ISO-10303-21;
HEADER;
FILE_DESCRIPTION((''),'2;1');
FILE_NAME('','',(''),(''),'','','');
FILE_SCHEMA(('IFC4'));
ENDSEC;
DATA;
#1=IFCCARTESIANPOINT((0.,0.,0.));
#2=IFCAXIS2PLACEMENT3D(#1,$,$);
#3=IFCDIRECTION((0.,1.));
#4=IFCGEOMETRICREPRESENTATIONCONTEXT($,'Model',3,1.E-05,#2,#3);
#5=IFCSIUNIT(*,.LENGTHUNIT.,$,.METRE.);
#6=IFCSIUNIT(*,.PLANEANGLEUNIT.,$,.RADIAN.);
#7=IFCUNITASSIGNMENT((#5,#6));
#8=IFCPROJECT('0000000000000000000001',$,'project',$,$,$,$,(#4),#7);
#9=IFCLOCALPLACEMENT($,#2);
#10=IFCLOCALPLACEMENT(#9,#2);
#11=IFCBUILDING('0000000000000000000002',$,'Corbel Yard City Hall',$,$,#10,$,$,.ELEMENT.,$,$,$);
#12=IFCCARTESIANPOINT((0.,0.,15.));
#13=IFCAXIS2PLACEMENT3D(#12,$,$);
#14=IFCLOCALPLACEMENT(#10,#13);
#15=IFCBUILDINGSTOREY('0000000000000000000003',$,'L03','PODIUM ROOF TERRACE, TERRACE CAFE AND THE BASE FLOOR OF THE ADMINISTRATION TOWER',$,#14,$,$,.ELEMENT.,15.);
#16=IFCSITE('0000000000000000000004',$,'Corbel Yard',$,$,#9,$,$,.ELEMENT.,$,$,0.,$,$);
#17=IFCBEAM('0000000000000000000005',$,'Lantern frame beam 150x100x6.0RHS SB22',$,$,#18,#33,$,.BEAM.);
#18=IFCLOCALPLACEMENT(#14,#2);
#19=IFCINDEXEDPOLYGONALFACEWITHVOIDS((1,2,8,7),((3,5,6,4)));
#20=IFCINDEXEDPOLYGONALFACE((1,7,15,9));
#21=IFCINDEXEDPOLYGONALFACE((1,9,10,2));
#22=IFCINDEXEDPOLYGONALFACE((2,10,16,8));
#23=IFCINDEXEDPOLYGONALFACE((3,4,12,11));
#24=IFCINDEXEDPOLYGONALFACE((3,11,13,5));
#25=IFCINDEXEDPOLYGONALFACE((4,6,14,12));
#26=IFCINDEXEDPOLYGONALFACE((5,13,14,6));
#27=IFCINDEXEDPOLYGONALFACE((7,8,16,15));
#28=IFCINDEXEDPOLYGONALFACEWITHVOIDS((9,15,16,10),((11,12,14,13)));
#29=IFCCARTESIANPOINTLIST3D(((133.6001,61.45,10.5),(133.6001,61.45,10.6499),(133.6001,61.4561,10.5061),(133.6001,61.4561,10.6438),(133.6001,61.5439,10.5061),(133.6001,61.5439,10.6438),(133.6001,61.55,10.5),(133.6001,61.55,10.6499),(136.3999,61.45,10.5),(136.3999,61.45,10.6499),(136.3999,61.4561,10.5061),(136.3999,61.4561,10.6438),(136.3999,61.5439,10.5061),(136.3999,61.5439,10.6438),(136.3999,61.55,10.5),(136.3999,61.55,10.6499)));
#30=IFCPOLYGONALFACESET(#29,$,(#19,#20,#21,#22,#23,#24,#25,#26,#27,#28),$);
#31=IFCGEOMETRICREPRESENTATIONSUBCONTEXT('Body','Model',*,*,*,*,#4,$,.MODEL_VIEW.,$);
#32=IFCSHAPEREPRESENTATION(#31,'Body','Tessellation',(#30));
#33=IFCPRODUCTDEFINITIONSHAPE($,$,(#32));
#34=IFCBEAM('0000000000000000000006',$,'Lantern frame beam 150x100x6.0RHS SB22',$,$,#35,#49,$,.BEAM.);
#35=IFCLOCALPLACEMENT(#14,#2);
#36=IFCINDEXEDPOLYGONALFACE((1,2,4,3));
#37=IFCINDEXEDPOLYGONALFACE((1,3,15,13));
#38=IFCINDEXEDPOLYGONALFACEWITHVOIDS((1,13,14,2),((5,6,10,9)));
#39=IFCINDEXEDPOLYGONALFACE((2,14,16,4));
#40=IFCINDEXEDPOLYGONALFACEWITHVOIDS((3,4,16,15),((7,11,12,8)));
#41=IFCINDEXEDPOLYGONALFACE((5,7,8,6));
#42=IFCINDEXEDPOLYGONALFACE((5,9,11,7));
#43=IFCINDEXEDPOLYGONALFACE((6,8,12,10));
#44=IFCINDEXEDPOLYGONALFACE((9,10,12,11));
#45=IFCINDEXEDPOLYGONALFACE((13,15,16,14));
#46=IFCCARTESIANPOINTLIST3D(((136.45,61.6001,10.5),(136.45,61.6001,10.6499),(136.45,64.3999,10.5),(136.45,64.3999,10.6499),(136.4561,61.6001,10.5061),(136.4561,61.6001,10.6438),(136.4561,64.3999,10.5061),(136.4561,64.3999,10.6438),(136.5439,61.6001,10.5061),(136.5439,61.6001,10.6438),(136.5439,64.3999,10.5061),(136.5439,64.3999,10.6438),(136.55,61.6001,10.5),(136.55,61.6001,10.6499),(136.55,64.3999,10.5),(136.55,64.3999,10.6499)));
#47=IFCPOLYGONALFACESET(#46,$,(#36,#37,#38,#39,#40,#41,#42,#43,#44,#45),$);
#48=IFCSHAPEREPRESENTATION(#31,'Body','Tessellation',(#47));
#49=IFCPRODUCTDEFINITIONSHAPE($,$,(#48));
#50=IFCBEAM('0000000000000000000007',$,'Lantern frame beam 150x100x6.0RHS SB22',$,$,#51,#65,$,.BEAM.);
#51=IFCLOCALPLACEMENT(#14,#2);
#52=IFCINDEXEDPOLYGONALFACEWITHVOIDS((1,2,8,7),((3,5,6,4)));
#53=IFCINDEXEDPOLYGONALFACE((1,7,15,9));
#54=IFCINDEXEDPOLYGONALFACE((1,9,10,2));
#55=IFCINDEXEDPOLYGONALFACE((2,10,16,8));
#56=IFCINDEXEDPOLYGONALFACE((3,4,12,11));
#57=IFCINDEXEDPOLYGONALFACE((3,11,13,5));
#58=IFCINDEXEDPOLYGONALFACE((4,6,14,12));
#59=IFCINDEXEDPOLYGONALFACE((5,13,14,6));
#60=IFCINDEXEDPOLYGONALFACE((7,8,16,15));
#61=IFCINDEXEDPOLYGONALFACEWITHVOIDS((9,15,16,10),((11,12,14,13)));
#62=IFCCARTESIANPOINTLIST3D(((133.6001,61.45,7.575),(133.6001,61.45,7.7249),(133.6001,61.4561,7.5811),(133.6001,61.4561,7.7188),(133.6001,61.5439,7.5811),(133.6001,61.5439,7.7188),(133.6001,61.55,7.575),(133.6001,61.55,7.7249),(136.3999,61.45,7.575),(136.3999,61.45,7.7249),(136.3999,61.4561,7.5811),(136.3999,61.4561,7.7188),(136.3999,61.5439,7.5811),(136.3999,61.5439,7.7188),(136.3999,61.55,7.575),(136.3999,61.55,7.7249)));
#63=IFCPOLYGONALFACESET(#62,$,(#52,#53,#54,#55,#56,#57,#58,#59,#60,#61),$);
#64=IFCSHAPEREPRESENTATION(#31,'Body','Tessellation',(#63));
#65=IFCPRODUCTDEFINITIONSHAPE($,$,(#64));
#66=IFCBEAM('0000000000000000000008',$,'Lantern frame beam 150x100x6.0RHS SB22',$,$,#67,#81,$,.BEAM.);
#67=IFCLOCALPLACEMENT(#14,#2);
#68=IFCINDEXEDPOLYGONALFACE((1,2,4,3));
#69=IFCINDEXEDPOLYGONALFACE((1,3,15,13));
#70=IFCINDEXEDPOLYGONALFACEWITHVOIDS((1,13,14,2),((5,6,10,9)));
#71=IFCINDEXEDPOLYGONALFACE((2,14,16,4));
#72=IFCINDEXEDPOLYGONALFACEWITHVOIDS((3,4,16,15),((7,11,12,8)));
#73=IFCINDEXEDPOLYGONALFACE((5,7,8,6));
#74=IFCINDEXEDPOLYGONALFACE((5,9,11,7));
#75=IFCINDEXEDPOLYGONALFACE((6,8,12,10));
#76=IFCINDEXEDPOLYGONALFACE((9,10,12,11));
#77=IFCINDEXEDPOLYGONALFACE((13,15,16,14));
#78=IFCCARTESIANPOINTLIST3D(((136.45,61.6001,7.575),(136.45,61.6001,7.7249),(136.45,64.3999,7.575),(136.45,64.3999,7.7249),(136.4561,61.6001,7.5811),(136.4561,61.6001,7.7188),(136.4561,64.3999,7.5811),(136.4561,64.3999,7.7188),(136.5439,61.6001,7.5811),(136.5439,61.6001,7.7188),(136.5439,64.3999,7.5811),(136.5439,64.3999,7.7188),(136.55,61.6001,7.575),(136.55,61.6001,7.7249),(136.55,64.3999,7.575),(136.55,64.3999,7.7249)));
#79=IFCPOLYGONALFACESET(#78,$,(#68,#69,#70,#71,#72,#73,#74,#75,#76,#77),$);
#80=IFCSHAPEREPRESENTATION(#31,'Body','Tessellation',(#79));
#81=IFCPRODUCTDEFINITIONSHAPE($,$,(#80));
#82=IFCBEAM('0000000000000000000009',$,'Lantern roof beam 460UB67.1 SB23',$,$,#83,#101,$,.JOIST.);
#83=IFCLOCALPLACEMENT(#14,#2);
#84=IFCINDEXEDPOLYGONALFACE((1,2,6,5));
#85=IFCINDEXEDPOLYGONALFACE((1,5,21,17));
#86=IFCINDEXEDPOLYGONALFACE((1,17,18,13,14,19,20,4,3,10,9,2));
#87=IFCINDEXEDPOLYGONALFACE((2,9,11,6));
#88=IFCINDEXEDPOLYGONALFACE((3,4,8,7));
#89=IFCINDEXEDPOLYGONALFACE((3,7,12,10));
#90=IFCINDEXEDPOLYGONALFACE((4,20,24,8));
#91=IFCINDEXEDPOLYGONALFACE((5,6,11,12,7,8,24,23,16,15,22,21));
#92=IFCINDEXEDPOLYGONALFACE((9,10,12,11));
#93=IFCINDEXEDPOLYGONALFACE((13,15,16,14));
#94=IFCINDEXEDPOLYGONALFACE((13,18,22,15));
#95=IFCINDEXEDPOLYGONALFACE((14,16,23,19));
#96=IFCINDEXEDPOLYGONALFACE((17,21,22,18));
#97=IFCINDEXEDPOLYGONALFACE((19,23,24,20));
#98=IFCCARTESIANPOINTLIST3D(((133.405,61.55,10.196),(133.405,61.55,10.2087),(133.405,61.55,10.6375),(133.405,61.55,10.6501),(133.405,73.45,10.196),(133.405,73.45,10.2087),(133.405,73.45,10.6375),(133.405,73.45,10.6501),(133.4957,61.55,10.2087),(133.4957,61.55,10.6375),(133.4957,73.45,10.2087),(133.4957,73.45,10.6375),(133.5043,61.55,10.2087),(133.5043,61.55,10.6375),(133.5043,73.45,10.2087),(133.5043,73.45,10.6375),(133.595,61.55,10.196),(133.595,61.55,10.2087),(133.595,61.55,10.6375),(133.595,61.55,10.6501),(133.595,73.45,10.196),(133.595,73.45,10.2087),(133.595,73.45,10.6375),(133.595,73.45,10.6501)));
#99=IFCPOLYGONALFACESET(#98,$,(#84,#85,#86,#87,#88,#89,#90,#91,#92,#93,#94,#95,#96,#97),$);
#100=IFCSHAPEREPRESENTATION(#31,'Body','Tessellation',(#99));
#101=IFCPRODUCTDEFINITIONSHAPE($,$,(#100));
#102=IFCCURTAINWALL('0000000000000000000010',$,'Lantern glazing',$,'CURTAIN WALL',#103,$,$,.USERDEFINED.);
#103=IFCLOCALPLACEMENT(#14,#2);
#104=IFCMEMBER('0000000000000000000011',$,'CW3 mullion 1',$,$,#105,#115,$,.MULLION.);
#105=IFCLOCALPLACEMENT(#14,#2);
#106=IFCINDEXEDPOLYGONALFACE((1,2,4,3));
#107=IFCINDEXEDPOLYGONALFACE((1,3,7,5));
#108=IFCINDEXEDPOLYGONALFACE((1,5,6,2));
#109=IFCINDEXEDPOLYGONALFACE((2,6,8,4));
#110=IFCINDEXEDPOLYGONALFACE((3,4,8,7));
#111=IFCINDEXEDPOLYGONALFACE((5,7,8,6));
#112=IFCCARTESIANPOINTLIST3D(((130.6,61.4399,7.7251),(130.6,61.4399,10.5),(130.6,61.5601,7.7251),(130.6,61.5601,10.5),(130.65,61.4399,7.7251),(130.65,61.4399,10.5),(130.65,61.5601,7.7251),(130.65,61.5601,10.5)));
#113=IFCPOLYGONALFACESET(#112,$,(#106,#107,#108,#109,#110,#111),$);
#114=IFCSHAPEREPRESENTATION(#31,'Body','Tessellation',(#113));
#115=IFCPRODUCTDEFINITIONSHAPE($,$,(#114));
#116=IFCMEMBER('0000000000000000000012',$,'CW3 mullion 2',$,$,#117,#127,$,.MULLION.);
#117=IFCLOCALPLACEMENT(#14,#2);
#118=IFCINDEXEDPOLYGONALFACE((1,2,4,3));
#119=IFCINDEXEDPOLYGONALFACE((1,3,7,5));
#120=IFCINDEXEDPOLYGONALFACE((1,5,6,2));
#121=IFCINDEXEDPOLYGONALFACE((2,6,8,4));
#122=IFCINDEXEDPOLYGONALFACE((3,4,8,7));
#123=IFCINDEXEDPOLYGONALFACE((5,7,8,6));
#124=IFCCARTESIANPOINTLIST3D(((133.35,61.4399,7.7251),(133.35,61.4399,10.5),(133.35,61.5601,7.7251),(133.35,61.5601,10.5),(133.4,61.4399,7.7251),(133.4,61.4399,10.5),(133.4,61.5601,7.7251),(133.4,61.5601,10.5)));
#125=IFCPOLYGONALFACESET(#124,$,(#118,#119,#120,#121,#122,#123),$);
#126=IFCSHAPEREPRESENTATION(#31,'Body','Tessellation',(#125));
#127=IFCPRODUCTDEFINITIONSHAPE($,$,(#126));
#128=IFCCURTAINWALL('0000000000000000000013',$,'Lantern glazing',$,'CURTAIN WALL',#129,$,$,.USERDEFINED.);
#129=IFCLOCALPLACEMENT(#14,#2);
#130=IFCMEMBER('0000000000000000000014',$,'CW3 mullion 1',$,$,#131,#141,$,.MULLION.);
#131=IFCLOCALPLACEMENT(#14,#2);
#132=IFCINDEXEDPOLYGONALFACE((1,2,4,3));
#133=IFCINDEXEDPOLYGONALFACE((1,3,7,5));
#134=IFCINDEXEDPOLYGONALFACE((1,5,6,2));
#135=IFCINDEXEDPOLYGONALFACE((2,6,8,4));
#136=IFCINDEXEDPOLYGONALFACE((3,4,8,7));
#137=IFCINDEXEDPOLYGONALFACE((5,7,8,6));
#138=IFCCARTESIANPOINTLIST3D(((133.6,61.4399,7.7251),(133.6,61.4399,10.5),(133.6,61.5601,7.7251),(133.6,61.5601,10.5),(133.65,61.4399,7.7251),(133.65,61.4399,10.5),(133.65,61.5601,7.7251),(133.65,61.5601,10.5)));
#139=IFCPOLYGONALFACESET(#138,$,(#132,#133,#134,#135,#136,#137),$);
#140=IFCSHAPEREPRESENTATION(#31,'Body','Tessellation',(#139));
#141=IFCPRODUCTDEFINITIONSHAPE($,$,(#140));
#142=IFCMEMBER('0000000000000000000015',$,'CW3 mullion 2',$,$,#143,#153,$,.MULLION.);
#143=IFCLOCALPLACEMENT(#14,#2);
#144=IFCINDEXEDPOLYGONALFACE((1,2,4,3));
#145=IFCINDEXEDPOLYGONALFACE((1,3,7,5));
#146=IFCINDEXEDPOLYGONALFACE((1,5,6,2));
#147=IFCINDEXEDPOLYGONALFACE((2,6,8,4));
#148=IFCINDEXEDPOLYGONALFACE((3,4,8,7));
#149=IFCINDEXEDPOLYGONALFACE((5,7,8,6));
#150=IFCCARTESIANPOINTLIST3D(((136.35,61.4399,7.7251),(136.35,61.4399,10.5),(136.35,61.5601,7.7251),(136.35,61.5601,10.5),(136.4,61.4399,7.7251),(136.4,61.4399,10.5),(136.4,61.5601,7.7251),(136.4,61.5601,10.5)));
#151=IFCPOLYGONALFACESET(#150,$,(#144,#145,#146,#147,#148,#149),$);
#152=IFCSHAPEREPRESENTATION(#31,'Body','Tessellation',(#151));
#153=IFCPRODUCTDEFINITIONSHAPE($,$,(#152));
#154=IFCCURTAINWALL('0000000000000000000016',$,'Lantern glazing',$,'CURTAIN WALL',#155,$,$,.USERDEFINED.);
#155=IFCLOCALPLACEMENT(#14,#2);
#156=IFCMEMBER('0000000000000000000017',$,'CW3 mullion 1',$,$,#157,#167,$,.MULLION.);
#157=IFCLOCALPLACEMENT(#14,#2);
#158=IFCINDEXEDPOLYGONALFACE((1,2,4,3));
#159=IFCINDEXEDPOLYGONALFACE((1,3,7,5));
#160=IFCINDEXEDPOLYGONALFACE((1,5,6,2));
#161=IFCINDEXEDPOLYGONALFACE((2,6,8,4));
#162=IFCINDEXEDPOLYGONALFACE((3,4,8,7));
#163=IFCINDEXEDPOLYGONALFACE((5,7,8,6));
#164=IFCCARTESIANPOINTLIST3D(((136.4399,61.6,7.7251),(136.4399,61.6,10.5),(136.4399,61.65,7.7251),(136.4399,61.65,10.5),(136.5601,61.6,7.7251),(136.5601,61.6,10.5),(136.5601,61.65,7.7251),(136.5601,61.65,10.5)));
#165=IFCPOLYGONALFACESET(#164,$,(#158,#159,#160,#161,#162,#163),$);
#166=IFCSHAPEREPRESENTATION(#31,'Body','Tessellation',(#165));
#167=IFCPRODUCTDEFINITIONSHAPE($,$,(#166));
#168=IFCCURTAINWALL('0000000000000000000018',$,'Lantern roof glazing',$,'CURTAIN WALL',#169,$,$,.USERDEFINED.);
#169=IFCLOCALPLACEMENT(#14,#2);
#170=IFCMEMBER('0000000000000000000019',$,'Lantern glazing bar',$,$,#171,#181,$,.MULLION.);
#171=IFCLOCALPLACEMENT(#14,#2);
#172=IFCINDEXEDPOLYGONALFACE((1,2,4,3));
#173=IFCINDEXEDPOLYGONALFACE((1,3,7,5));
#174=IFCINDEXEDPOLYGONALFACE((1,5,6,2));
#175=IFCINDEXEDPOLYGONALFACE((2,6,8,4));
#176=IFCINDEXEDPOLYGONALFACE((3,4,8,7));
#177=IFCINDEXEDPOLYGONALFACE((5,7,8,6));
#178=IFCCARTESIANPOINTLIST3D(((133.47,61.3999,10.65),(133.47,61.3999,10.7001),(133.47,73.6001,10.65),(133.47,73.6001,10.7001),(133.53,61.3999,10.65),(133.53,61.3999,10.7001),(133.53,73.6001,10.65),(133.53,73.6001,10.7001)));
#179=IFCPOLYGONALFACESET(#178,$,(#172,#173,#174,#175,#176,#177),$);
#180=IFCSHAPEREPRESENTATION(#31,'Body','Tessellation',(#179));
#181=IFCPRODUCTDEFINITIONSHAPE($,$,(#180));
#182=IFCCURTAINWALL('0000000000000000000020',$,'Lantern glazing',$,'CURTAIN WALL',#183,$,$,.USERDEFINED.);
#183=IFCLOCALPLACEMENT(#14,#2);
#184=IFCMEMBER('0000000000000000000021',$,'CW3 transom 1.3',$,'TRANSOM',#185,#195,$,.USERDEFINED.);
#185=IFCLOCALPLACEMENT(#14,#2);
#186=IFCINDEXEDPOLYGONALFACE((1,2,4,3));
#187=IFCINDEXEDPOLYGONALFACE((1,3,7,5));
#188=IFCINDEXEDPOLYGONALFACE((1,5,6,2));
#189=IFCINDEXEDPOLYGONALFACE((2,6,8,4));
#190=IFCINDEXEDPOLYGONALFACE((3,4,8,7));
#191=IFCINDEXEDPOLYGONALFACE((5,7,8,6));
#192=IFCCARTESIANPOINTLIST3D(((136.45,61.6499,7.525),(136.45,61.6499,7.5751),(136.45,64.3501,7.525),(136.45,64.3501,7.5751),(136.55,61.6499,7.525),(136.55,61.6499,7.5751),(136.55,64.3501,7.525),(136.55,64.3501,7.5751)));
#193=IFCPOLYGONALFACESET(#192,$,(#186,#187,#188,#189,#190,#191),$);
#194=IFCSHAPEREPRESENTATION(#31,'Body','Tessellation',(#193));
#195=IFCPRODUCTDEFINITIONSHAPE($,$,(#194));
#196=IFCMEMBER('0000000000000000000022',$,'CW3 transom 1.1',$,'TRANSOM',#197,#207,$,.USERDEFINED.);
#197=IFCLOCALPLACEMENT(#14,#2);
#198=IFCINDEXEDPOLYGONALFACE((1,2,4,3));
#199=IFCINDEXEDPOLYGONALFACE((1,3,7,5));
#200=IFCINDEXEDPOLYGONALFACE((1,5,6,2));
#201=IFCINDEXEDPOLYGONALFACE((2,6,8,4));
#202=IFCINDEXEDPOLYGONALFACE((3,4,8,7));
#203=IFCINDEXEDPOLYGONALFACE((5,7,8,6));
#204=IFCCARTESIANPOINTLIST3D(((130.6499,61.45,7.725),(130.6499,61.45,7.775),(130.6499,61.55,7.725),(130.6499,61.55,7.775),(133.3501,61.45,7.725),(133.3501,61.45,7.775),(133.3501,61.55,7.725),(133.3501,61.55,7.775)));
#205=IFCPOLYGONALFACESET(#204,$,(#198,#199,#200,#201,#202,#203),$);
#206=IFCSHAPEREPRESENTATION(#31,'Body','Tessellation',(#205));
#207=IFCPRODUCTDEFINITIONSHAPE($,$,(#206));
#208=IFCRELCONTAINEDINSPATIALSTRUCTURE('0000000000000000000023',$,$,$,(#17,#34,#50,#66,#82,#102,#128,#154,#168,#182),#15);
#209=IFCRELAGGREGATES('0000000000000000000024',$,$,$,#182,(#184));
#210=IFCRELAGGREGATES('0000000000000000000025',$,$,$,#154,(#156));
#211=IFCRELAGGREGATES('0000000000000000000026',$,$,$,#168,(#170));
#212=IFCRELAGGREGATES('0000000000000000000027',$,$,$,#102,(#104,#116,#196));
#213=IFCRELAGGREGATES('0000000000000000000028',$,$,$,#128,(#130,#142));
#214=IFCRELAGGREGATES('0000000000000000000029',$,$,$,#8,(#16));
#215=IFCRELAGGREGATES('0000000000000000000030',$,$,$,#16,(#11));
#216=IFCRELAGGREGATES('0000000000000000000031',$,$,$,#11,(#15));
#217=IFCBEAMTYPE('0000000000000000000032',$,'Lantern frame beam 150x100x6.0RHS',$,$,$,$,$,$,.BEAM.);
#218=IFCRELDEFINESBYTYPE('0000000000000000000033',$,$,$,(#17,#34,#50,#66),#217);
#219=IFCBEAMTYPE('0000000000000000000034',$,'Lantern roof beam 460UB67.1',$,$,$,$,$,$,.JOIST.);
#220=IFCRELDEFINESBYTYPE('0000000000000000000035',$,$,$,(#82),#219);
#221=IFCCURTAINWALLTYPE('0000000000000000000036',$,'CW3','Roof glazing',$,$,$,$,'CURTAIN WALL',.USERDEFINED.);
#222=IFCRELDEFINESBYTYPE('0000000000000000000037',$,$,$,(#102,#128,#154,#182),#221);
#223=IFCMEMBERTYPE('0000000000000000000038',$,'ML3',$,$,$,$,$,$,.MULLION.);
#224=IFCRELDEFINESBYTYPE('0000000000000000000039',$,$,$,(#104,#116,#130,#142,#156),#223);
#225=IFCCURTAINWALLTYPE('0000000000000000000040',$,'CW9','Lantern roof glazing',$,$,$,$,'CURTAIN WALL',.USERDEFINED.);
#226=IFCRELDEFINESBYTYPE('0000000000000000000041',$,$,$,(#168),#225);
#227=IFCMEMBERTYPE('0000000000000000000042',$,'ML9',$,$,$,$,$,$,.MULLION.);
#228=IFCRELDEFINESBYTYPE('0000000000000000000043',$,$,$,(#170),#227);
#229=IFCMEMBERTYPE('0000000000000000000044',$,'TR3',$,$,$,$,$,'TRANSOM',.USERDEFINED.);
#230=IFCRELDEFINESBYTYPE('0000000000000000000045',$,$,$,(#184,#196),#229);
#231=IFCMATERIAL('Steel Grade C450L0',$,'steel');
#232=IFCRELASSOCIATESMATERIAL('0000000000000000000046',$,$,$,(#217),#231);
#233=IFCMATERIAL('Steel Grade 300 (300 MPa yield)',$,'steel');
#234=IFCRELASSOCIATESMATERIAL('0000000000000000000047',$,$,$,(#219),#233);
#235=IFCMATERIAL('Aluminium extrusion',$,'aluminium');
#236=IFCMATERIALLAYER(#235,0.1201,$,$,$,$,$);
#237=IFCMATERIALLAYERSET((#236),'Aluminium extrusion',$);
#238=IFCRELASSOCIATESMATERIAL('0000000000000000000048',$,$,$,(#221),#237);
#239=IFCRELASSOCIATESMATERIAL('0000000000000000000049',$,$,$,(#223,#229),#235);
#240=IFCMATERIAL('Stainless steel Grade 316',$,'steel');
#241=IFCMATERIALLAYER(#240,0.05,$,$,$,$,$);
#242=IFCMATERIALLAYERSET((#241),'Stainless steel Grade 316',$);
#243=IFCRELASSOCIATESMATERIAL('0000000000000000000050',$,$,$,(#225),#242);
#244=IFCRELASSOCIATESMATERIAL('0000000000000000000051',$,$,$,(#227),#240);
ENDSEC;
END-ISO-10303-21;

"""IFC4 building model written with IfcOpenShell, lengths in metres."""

from ifc_helpers import new_model, si_unit, direction, frame, origin, origin_2d, place, context, subcontext, project, spatial, rectangle, hollow_rectangle, i_section, extrude, material, layer, layer_set, material_profile, profile_set, type_object, element, aggregate, save


model = new_model("IFC4")

# Units and contexts
model_context = context("Model", 3, precision=1e-05, world=origin(), true_north=direction((0.0, 1.0)))
body_context = subcontext(model_context, "Body", "Model", "MODEL_VIEW")
ifc_project = project(units=[si_unit("LENGTHUNIT", "METRE"), si_unit("PLANEANGLEUNIT", "RADIAN")], contexts=[model_context])

# Site, building, storey
site_placement = place(None, origin())
site = spatial("IfcSite", under=ifc_project, at=site_placement, Name="Corbel Yard", CompositionType="ELEMENT", RefElevation=0.0)
building_placement = place(site_placement, origin())
building = spatial("IfcBuilding", under=site, at=building_placement, Name="Corbel Yard City Hall", CompositionType="ELEMENT")
storey_placement = place(building_placement, frame((0.0, 0.0, 15.0)))
storey = spatial("IfcBuildingStorey", under=building, at=storey_placement, Name="L03", Description="PODIUM ROOF TERRACE, TERRACE CAFE AND THE BASE FLOOR OF THE ADMINISTRATION TOWER", CompositionType="ELEMENT", Elevation=15.0)

# Beams
ifc_material_1 = material(Name="Steel Grade C450L0", Category="steel")
ifc_material_profile_1 = material_profile(ifc_material_1, hollow_rectangle(XDim=0.1001, YDim=0.1499, WallThickness=0.0061, at=origin_2d()), Name="150x100x6.0RHS")
ifc_profile_set_1 = profile_set([ifc_material_profile_1], Name="Steel Grade C450L0")
beam_type_1 = type_object("IfcBeamType", Name="Lantern frame beam 150x100x6.0RHS", PredefinedType="BEAM", material=ifc_profile_set_1)
for number, where, z_axis, x_axis, name in (
    (1, (133.6001, 61.5, 10.575), (1.0, 0.0, 0.0), (0.0, 1.0, 0.0), "Lantern frame beam 150x100x6.0RHS SB22"),
    (2, (136.5, 61.6001, 10.575), (0.0, 1.0, 0.0), (-1.0, 0.0, 0.0), "Lantern frame beam 150x100x6.0RHS SB22"),
    (3, (133.6001, 61.5, 7.6499), (1.0, 0.0, 0.0), (0.0, 1.0, 0.0), "Lantern frame beam 150x100x6.0RHS SB22"),
    (4, (136.5, 61.6001, 7.6499), (0.0, 1.0, 0.0), (-1.0, 0.0, 0.0), "Lantern frame beam 150x100x6.0RHS SB22"),
):
    element("IfcBeam", number, at=place(storey_placement, frame(where, z_axis=z_axis, x_axis=x_axis)), inside=storey, type_object=beam_type_1, Name=name, PredefinedType="BEAM", context=body_context, shape_type="SweptSolid", body=[
        extrude(hollow_rectangle(XDim=0.1001, YDim=0.1499, WallThickness=0.0061, at=origin_2d()), origin(), (0.0, 0.0, 1.0), 2.7998),
    ])
ifc_material_2 = material(Name="Steel Grade 300 (300 MPa yield)", Category="steel")
ifc_material_profile_2 = material_profile(ifc_material_2, i_section(OverallWidth=0.1899, OverallDepth=0.4541, WebThickness=0.0085, FlangeThickness=0.0127, at=origin_2d()), Name="460UB67.1")
ifc_profile_set_2 = profile_set([ifc_material_profile_2], Name="Steel Grade 300 (300 MPa yield)")
beam_type_2 = type_object("IfcBeamType", Name="Lantern roof beam 460UB67.1", PredefinedType="JOIST", material=ifc_profile_set_2)
beam_placement = place(storey_placement, frame((133.5, 61.55, 10.4231), z_axis=(0.0, 1.0, 0.0), x_axis=(-1.0, 0.0, 0.0)))
element("IfcBeam", 5, at=beam_placement, inside=storey, type_object=beam_type_2, Name="Lantern roof beam 460UB67.1 SB23", PredefinedType="JOIST", context=body_context, shape_type="SweptSolid", body=[
    extrude(i_section(OverallWidth=0.1899, OverallDepth=0.4541, WebThickness=0.0085, FlangeThickness=0.0127, at=origin_2d()), origin(), (0.0, 0.0, 1.0), 11.8999),
])

# Curtain walls, members
ifc_material_3 = material(Name="Aluminium extrusion", Category="aluminium")
ifc_layer_1 = layer(ifc_material_3, 0.1201)
ifc_layer_set_1 = layer_set([ifc_layer_1], Name="Aluminium extrusion")
curtain_wall_type_1 = type_object("IfcCurtainWallType", Name="CW3", Description="Roof glazing", ElementType="CURTAIN WALL", PredefinedType="USERDEFINED", material=ifc_layer_set_1)
curtain_wall_1_placement = place(storey_placement, origin())
curtain_wall_1 = element("IfcCurtainWall", 6, at=curtain_wall_1_placement, inside=storey, type_object=curtain_wall_type_1, Name="Lantern glazing", ObjectType="CURTAIN WALL", PredefinedType="USERDEFINED")
ifc_material_profile_3 = material_profile(ifc_material_3, rectangle(XDim=0.1201, YDim=0.05, at=origin_2d()), Name="120x50")
ifc_profile_set_3 = profile_set([ifc_material_profile_3], Name="Aluminium extrusion")
member_type_1 = type_object("IfcMemberType", Name="ML3", PredefinedType="MULLION", material=ifc_profile_set_3)
member_1_placement = place(storey_placement, frame((130.625, 61.5, 7.7251), z_axis=(0.0, 0.0, 1.0), x_axis=(0.0, 1.0, 0.0)))
member_1 = element("IfcMember", 7, at=member_1_placement, type_object=member_type_1, Name="CW3 mullion 1", PredefinedType="MULLION", context=body_context, shape_type="SweptSolid", body=[
    extrude(rectangle(XDim=0.1201, YDim=0.05, at=origin_2d()), origin(), (0.0, 0.0, 1.0), 2.7749),
])
member_2_placement = place(storey_placement, frame((133.375, 61.5, 7.7251), z_axis=(0.0, 0.0, 1.0), x_axis=(0.0, 1.0, 0.0)))
member_2 = element("IfcMember", 8, at=member_2_placement, type_object=member_type_1, Name="CW3 mullion 2", PredefinedType="MULLION", context=body_context, shape_type="SweptSolid", body=[
    extrude(rectangle(XDim=0.1201, YDim=0.05, at=origin_2d()), origin(), (0.0, 0.0, 1.0), 2.7749),
])
curtain_wall_2_placement = place(storey_placement, origin())
curtain_wall_2 = element("IfcCurtainWall", 9, at=curtain_wall_2_placement, inside=storey, type_object=curtain_wall_type_1, Name="Lantern glazing", ObjectType="CURTAIN WALL", PredefinedType="USERDEFINED")
member_3_placement = place(storey_placement, frame((133.625, 61.5, 7.7251), z_axis=(0.0, 0.0, 1.0), x_axis=(0.0, 1.0, 0.0)))
member_3 = element("IfcMember", 10, at=member_3_placement, type_object=member_type_1, Name="CW3 mullion 1", PredefinedType="MULLION", context=body_context, shape_type="SweptSolid", body=[
    extrude(rectangle(XDim=0.1201, YDim=0.05, at=origin_2d()), origin(), (0.0, 0.0, 1.0), 2.7749),
])
member_4_placement = place(storey_placement, frame((136.375, 61.5, 7.7251), z_axis=(0.0, 0.0, 1.0), x_axis=(0.0, 1.0, 0.0)))
member_4 = element("IfcMember", 11, at=member_4_placement, type_object=member_type_1, Name="CW3 mullion 2", PredefinedType="MULLION", context=body_context, shape_type="SweptSolid", body=[
    extrude(rectangle(XDim=0.1201, YDim=0.05, at=origin_2d()), origin(), (0.0, 0.0, 1.0), 2.7749),
])

# Curtain walls, members
curtain_wall_3_placement = place(storey_placement, origin())
curtain_wall_3 = element("IfcCurtainWall", 12, at=curtain_wall_3_placement, inside=storey, type_object=curtain_wall_type_1, Name="Lantern glazing", ObjectType="CURTAIN WALL", PredefinedType="USERDEFINED")
member_5_placement = place(storey_placement, frame((136.5, 61.625, 7.7251), z_axis=(0.0, 0.0, 1.0), x_axis=(-1.0, 0.0, 0.0)))
member_5 = element("IfcMember", 13, at=member_5_placement, type_object=member_type_1, Name="CW3 mullion 1", PredefinedType="MULLION", context=body_context, shape_type="SweptSolid", body=[
    extrude(rectangle(XDim=0.1201, YDim=0.05, at=origin_2d()), origin(), (0.0, 0.0, 1.0), 2.7749),
])
ifc_material_4 = material(Name="Stainless steel Grade 316", Category="steel")
ifc_layer_2 = layer(ifc_material_4, 0.05)
ifc_layer_set_2 = layer_set([ifc_layer_2], Name="Stainless steel Grade 316")
curtain_wall_type_2 = type_object("IfcCurtainWallType", Name="CW9", Description="Lantern roof glazing", ElementType="CURTAIN WALL", PredefinedType="USERDEFINED", material=ifc_layer_set_2)
curtain_wall_4_placement = place(storey_placement, origin())
curtain_wall_4 = element("IfcCurtainWall", 14, at=curtain_wall_4_placement, inside=storey, type_object=curtain_wall_type_2, Name="Lantern roof glazing", ObjectType="CURTAIN WALL", PredefinedType="USERDEFINED")
ifc_material_profile_4 = material_profile(ifc_material_4, rectangle(XDim=0.0601, YDim=0.05, at=origin_2d()), Name="60x50")
ifc_profile_set_4 = profile_set([ifc_material_profile_4], Name="Stainless steel Grade 316")
member_type_2 = type_object("IfcMemberType", Name="ML9", PredefinedType="MULLION", material=ifc_profile_set_4)
member_6_placement = place(storey_placement, frame((133.5, 61.3999, 10.675), z_axis=(0.0, 1.0, 0.0), x_axis=(-1.0, 0.0, 0.0)))
member_6 = element("IfcMember", 15, at=member_6_placement, type_object=member_type_2, Name="Lantern glazing bar", PredefinedType="MULLION", context=body_context, shape_type="SweptSolid", body=[
    extrude(rectangle(XDim=0.0601, YDim=0.05, at=origin_2d()), origin(), (0.0, 0.0, 1.0), 12.2002),
])
curtain_wall_5_placement = place(storey_placement, origin())
curtain_wall_5 = element("IfcCurtainWall", 16, at=curtain_wall_5_placement, inside=storey, type_object=curtain_wall_type_1, Name="Lantern glazing", ObjectType="CURTAIN WALL", PredefinedType="USERDEFINED")
ifc_material_profile_5 = material_profile(ifc_material_3, rectangle(XDim=0.1001, YDim=0.05, at=origin_2d()), Name="100x50")
ifc_profile_set_5 = profile_set([ifc_material_profile_5], Name="Aluminium extrusion")
member_type_3 = type_object("IfcMemberType", Name="TR3", ElementType="TRANSOM", PredefinedType="USERDEFINED", material=ifc_profile_set_5)
member_7_placement = place(storey_placement, frame((136.5, 61.6499, 7.55), z_axis=(0.0, 1.0, 0.0), x_axis=(-1.0, 0.0, 0.0)))
member_7 = element("IfcMember", 17, at=member_7_placement, type_object=member_type_3, Name="CW3 transom 1.3", ObjectType="TRANSOM", PredefinedType="USERDEFINED", context=body_context, shape_type="SweptSolid", body=[
    extrude(rectangle(XDim=0.1001, YDim=0.05, at=origin_2d()), origin(), (0.0, 0.0, 1.0), 2.7002),
])
aggregate(curtain_wall_5, [member_7])

# Member
member_8_placement = place(storey_placement, frame((130.6499, 61.5, 7.75), z_axis=(1.0, 0.0, 0.0), x_axis=(0.0, 1.0, 0.0)))
member_8 = element("IfcMember", 18, at=member_8_placement, type_object=member_type_3, Name="CW3 transom 1.1", ObjectType="TRANSOM", PredefinedType="USERDEFINED", context=body_context, shape_type="SweptSolid", body=[
    extrude(rectangle(XDim=0.1001, YDim=0.05, at=origin_2d()), origin(), (0.0, 0.0, 1.0), 2.7002),
])
aggregate(curtain_wall_3, [member_5])

aggregate(curtain_wall_4, [member_6])
aggregate(curtain_wall_1, [member_1, member_2, member_8])
aggregate(curtain_wall_2, [member_3, member_4])

save(model, "model.ifc")
